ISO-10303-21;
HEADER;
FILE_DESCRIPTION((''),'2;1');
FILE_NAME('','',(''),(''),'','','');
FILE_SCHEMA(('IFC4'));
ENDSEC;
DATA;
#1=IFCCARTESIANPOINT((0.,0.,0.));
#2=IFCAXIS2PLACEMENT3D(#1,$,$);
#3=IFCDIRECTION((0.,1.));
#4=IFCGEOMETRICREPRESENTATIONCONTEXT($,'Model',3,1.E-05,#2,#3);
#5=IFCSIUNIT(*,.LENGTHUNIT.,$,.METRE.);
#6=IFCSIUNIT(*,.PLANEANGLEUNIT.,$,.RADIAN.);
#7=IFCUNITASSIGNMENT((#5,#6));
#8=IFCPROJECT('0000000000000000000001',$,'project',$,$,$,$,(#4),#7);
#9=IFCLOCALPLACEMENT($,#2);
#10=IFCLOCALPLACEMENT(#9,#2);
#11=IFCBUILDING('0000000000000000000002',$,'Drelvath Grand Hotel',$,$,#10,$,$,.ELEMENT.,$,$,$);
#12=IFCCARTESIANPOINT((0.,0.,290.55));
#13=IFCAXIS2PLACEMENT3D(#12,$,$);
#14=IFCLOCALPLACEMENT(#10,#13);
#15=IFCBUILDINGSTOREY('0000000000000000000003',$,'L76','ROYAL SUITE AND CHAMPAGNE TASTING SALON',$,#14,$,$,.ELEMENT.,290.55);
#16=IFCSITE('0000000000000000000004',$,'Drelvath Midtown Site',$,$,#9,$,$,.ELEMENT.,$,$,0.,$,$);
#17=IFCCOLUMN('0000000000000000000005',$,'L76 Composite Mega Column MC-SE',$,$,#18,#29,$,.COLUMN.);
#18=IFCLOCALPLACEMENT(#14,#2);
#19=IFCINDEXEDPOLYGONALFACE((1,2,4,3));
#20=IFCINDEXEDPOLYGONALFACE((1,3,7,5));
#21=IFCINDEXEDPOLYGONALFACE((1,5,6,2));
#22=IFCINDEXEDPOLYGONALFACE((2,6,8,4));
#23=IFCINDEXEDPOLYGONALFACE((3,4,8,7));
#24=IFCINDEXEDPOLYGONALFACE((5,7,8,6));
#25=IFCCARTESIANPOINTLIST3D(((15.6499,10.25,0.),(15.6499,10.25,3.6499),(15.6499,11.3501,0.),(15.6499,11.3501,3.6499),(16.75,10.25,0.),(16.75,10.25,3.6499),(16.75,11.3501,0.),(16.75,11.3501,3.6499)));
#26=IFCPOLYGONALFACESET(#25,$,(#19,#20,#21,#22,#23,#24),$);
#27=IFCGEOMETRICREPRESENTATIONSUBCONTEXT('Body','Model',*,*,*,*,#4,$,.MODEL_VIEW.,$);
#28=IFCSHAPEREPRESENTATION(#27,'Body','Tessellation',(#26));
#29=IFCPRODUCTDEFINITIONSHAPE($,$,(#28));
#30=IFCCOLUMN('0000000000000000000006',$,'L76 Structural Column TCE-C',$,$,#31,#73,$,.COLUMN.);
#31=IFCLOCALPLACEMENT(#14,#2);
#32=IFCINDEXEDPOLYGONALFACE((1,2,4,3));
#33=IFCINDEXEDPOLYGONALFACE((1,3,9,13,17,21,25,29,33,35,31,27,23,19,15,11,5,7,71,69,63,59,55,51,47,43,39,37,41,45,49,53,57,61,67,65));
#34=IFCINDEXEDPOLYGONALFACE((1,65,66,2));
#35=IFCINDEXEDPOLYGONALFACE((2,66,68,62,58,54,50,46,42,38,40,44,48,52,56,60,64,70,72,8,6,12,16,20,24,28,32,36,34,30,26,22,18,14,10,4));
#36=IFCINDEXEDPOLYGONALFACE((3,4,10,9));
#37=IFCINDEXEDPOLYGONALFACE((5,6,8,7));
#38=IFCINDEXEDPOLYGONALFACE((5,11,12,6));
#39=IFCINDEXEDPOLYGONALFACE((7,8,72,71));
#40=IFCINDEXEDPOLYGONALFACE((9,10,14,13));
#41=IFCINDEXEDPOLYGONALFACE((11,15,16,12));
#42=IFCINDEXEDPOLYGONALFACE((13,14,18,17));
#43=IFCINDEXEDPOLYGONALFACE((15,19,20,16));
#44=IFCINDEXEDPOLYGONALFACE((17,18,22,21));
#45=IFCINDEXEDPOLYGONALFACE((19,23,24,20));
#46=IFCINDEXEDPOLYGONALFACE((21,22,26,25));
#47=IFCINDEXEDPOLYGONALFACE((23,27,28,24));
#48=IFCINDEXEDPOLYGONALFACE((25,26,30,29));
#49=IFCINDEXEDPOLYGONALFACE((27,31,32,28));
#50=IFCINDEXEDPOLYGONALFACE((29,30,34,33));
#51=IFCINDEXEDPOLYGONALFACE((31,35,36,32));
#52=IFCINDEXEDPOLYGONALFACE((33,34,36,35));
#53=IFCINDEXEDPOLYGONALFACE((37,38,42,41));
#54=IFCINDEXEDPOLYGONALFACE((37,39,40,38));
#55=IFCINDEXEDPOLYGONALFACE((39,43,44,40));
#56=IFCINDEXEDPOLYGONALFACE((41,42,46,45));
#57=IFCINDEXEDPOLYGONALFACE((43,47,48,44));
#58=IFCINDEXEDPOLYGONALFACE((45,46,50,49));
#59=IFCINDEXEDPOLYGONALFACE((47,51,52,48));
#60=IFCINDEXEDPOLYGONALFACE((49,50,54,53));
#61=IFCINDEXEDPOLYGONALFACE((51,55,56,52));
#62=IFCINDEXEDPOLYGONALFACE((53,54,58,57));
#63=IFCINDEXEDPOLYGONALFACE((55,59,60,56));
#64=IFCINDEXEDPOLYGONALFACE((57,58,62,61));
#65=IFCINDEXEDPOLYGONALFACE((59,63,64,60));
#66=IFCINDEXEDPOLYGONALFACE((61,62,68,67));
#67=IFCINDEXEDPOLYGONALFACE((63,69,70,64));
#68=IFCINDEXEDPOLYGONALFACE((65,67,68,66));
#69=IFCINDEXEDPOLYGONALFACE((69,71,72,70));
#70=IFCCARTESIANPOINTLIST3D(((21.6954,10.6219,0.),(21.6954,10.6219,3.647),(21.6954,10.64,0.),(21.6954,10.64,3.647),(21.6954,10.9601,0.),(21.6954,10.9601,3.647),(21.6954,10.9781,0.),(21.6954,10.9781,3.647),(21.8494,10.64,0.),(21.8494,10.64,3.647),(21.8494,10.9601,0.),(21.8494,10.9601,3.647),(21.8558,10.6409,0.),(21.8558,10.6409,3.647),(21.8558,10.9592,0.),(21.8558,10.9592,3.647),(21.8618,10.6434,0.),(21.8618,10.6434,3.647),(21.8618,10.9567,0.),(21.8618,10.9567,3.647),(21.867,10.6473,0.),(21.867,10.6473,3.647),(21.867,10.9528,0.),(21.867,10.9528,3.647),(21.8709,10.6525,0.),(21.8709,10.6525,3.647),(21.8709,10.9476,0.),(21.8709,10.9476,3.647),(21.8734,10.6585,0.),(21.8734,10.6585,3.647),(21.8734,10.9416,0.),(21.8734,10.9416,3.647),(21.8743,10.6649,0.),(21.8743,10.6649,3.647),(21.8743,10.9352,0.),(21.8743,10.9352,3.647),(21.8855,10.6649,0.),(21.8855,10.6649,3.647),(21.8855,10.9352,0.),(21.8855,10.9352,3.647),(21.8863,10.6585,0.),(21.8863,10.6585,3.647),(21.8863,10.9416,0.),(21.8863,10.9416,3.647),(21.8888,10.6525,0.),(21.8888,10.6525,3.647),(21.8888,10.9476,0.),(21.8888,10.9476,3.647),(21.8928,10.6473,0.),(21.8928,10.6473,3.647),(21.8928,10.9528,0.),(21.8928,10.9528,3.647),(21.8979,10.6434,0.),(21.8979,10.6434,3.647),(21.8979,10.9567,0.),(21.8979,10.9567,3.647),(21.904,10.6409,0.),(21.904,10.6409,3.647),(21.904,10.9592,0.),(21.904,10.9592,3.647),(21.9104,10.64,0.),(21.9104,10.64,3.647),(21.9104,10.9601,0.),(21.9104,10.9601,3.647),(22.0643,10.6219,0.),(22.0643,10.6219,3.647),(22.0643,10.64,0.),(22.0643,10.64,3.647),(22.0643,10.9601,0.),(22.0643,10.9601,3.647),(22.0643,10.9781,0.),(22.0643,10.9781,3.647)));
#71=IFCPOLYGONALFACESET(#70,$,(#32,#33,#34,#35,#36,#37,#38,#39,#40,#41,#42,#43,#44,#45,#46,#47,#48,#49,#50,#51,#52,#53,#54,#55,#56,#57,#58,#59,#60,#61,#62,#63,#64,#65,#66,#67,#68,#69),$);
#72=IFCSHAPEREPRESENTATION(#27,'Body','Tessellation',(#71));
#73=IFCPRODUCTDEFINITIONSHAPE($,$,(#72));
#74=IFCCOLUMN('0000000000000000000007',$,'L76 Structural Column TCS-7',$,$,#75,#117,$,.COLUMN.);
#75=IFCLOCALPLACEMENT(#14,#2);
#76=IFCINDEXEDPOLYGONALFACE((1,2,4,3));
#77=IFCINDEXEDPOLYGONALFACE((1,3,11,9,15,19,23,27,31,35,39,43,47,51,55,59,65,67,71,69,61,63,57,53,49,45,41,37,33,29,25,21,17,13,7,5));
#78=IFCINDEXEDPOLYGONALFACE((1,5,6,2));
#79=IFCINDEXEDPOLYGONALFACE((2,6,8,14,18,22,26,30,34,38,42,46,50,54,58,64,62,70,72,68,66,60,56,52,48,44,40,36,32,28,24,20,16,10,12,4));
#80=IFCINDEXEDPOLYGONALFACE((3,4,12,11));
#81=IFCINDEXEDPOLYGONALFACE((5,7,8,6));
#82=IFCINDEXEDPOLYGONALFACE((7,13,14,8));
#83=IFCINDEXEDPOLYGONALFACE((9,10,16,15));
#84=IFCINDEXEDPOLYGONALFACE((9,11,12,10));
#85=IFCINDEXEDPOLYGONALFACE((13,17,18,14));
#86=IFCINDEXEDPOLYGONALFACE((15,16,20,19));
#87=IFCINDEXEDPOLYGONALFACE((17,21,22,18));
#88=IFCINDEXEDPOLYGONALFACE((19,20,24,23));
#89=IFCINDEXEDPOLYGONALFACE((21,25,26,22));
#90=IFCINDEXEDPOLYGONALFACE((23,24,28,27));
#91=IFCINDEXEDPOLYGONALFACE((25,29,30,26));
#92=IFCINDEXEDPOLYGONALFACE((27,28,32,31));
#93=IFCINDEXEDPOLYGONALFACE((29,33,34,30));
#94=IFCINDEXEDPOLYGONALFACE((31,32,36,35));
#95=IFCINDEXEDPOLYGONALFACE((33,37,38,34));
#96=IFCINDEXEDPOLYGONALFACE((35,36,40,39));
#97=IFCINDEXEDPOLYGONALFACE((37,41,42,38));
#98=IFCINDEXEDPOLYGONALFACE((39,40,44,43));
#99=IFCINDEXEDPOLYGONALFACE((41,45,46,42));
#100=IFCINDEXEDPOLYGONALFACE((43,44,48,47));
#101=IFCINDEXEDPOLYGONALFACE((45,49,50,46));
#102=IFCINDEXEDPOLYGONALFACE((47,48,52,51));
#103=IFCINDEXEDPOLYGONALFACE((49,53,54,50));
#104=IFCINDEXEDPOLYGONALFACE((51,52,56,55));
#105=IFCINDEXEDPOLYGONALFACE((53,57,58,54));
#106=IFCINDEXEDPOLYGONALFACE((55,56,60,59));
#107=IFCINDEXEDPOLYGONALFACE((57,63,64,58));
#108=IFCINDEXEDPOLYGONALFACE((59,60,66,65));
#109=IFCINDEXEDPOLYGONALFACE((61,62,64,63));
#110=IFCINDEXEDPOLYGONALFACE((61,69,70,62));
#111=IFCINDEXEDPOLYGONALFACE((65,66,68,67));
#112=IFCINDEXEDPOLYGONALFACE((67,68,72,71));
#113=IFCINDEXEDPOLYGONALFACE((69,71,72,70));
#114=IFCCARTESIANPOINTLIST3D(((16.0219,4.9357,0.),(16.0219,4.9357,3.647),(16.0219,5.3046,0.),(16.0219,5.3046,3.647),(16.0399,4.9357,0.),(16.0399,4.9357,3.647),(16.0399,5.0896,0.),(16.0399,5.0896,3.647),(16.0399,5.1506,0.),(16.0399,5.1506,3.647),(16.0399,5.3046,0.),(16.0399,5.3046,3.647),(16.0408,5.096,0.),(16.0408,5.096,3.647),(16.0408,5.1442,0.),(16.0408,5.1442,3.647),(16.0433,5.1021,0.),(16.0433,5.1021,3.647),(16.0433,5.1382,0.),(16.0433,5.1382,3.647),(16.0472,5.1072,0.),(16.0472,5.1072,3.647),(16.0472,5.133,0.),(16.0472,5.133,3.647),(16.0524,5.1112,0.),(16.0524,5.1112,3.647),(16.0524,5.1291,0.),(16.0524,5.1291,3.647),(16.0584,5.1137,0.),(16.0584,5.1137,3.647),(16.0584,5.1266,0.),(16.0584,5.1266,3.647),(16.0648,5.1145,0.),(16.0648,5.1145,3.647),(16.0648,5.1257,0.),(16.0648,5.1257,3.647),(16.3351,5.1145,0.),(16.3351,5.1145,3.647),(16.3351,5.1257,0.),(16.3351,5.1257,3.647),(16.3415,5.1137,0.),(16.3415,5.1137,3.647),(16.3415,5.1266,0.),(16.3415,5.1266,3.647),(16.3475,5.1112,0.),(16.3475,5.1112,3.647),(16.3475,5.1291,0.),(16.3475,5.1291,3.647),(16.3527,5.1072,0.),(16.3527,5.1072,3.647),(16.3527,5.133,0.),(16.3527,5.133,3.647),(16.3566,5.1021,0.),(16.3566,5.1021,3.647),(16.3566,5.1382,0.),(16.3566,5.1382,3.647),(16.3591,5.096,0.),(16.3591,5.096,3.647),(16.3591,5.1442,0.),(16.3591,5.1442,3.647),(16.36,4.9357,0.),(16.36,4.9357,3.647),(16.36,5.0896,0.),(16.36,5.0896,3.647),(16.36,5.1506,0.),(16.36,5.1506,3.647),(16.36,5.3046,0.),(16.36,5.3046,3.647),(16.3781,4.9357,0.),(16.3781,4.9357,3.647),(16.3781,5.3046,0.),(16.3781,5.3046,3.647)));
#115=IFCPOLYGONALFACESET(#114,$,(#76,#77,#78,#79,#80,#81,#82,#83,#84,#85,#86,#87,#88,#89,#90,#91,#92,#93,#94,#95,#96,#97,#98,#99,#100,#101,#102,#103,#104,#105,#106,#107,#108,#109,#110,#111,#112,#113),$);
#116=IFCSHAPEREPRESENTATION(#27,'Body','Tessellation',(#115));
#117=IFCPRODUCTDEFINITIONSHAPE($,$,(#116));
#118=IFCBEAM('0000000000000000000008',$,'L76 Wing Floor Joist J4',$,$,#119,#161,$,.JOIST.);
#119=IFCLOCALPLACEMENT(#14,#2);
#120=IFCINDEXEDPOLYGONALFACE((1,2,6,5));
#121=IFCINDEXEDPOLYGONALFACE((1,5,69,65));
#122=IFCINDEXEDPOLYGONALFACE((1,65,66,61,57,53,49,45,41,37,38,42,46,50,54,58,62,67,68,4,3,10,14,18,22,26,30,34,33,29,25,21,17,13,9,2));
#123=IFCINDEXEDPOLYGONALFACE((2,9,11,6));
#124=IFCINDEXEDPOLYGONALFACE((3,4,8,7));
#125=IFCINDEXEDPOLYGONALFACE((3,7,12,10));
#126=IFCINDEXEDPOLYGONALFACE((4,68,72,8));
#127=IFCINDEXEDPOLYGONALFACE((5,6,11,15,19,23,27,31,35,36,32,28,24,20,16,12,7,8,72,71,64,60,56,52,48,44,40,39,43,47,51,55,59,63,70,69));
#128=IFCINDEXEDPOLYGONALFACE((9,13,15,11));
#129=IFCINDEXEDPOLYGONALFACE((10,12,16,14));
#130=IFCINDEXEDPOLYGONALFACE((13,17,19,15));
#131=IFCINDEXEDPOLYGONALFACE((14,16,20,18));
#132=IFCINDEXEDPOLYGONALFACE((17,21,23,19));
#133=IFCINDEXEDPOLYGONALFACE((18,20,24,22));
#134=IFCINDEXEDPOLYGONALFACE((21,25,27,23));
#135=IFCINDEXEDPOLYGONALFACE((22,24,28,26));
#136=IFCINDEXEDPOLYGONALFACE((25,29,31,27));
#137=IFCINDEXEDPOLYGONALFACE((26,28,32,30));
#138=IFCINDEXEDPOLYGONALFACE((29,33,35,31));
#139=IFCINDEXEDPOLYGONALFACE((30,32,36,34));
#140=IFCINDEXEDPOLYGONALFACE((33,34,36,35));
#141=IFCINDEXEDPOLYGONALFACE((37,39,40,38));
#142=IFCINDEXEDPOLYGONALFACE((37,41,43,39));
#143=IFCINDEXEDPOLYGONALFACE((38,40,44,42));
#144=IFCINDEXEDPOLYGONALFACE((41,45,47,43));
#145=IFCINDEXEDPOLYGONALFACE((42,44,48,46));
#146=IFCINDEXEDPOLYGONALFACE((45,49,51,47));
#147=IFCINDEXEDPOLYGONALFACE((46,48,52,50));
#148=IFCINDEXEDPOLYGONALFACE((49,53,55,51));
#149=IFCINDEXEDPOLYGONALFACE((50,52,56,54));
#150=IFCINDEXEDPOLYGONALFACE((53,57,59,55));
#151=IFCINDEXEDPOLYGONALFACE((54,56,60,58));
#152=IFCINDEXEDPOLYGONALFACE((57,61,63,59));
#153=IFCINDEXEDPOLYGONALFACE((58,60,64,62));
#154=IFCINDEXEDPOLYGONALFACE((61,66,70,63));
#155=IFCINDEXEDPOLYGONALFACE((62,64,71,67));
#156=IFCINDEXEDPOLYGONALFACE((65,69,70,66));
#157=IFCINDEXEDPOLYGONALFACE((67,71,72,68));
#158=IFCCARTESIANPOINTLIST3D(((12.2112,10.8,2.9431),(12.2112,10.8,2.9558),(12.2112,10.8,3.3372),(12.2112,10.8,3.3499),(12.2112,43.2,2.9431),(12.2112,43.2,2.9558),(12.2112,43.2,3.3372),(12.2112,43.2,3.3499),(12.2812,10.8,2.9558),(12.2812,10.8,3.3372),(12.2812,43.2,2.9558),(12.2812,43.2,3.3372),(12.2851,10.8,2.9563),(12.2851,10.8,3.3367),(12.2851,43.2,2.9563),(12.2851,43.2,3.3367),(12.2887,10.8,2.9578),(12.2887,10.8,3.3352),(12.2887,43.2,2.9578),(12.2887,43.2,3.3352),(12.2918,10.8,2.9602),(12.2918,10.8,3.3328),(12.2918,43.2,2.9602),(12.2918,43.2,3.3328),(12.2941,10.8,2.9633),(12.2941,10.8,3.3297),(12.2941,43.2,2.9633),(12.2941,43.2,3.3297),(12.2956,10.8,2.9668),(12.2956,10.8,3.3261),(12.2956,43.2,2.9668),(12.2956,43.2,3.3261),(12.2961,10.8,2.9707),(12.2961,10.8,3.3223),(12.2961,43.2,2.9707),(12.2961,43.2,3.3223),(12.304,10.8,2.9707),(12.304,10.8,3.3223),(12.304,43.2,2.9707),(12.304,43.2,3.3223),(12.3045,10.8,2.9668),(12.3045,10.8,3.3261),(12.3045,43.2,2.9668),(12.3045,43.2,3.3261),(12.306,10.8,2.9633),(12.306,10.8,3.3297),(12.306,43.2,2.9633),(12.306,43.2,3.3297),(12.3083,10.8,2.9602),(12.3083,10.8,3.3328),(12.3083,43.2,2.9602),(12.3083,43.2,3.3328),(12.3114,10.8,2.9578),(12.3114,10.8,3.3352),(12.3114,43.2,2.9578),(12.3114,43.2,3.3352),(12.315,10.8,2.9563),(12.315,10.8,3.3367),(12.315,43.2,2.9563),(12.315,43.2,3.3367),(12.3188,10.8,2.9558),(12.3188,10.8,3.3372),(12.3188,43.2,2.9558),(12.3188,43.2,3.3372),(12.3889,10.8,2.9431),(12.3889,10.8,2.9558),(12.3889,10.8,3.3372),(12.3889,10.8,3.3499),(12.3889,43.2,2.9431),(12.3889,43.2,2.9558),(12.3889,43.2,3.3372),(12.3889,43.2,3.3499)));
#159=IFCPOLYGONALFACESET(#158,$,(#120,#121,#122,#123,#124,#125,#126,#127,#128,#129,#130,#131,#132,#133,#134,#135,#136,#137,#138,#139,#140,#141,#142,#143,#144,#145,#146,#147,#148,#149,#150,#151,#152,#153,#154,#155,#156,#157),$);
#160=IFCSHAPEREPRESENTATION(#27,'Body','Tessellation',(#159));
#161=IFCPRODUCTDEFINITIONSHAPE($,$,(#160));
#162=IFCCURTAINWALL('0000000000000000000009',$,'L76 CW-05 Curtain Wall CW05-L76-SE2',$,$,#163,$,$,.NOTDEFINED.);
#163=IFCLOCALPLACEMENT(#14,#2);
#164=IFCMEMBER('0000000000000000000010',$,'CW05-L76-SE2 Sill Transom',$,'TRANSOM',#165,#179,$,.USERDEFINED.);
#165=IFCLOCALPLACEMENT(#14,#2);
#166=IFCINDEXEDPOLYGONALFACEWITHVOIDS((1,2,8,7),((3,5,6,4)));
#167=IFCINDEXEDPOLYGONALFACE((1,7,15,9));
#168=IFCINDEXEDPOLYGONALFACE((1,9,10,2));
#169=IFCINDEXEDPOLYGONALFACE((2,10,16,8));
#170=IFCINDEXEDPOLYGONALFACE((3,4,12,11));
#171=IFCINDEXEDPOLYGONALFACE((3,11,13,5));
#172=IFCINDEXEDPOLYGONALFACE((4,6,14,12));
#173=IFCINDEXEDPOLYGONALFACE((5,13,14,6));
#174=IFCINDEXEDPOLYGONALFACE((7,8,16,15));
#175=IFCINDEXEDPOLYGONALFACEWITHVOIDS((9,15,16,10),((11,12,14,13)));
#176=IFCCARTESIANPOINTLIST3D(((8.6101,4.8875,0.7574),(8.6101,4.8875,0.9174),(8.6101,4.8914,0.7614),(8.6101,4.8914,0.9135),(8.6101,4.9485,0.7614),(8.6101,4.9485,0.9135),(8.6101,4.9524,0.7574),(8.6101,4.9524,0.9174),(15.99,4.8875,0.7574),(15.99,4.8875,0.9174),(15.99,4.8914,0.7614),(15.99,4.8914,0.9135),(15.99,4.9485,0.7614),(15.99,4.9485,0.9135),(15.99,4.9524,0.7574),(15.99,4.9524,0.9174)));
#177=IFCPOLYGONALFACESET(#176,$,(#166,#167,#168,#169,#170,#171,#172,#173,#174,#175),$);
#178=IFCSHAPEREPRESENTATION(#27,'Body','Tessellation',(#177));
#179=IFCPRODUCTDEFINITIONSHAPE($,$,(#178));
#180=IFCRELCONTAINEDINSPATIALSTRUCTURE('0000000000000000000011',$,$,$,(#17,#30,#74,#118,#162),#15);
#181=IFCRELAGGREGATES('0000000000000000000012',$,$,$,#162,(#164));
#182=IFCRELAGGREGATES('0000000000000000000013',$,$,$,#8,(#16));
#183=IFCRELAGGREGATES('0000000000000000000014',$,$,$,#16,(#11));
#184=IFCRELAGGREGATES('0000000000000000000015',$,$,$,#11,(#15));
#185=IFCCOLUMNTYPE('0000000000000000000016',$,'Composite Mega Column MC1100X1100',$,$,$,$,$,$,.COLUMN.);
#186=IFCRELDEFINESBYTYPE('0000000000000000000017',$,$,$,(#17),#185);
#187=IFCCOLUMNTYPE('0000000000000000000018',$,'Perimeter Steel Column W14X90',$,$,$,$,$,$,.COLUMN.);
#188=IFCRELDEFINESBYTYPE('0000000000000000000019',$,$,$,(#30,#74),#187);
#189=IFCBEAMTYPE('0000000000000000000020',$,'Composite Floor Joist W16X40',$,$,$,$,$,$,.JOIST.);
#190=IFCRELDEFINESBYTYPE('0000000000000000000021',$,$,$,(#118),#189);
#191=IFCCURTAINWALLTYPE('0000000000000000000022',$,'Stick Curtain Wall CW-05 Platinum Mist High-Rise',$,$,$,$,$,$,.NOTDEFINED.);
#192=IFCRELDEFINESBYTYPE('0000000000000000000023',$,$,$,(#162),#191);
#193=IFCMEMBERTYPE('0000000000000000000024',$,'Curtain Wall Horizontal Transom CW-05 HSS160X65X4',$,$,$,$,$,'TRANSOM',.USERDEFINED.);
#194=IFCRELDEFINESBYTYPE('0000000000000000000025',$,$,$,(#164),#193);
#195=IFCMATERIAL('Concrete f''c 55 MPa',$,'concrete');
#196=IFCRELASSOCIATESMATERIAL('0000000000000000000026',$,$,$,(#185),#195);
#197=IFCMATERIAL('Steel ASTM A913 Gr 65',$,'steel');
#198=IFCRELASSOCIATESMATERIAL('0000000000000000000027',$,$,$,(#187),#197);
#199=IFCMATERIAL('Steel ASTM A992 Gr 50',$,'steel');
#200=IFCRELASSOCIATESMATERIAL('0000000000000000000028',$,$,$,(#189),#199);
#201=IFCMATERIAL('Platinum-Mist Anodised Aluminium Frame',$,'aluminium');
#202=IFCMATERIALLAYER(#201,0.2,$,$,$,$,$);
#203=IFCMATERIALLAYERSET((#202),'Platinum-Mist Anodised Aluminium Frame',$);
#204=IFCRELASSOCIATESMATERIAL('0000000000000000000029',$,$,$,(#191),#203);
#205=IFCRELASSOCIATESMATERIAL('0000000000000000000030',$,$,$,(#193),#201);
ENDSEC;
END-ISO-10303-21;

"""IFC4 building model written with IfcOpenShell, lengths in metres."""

from ifc_helpers import new_model, si_unit, direction, frame, origin, origin_2d, place, context, subcontext, project, spatial, rectangle, hollow_rectangle, i_section, extrude, material, layer, layer_set, material_profile, profile_set, type_object, element, aggregate, save


model = new_model("IFC4")

# Units and contexts
model_context = context("Model", 3, precision=1e-05, world=origin(), true_north=direction((0.0, 1.0)))
body_context = subcontext(model_context, "Body", "Model", "MODEL_VIEW")
ifc_project = project(units=[si_unit("LENGTHUNIT", "METRE"), si_unit("PLANEANGLEUNIT", "RADIAN")], contexts=[model_context])

# Site, building, storey
site_placement = place(None, origin())
site = spatial("IfcSite", under=ifc_project, at=site_placement, Name="Drelvath Midtown Site", CompositionType="ELEMENT", RefElevation=0.0)
building_placement = place(site_placement, origin())
building = spatial("IfcBuilding", under=site, at=building_placement, Name="Drelvath Grand Hotel", CompositionType="ELEMENT")
storey_placement = place(building_placement, frame((0.0, 0.0, 290.55)))
storey = spatial("IfcBuildingStorey", under=building, at=storey_placement, Name="L76", Description="ROYAL SUITE AND CHAMPAGNE TASTING SALON", CompositionType="ELEMENT", Elevation=290.55)

# Columns
ifc_material_1 = material(Name="Concrete f'c 55 MPa", Category="concrete")
ifc_material_profile_1 = material_profile(ifc_material_1, rectangle(XDim=1.1001, YDim=1.1001, at=origin_2d()), Name="MC1100X1100")
ifc_profile_set_1 = profile_set([ifc_material_profile_1], Name="Concrete f'c 55 MPa")
column_type_1 = type_object("IfcColumnType", Name="Composite Mega Column MC1100X1100", PredefinedType="COLUMN", material=ifc_profile_set_1)
column_placement = place(storey_placement, frame((16.2, 10.8, 0.0), z_axis=(0.0, 0.0, 1.0), x_axis=(1.0, 0.0, 0.0)))
element("IfcColumn", 1, at=column_placement, inside=storey, type_object=column_type_1, Name="L76 Composite Mega Column MC-SE", PredefinedType="COLUMN", context=body_context, shape_type="SweptSolid", body=[
    extrude(rectangle(XDim=1.1001, YDim=1.1001, at=origin_2d()), origin(), (0.0, 0.0, 1.0), 3.6499),
])
ifc_material_2 = material(Name="Steel ASTM A913 Gr 65", Category="steel")
ifc_material_profile_2 = material_profile(ifc_material_2, i_section(OverallWidth=0.3689, OverallDepth=0.3562, WebThickness=0.0112, FlangeThickness=0.0181, FilletRadius=0.0249, at=origin_2d()), Name="W14X90")
ifc_profile_set_2 = profile_set([ifc_material_profile_2], Name="Steel ASTM A913 Gr 65")
column_type_2 = type_object("IfcColumnType", Name="Perimeter Steel Column W14X90", PredefinedType="COLUMN", material=ifc_profile_set_2)
for number, where, z_axis, x_axis, name in (
    (2, (21.8799, 10.8, 0.0), (0.0, 0.0, 1.0), (1.0, 0.0, 0.0), "L76 Structural Column TCE-C"),
    (3, (16.2, 5.1201, 0.0), (0.0, 0.0, 1.0), (0.0, 1.0, 0.0), "L76 Structural Column TCS-7"),
):
    element("IfcColumn", number, at=place(storey_placement, frame(where, z_axis=z_axis, x_axis=x_axis)), inside=storey, type_object=column_type_2, Name=name, PredefinedType="COLUMN", context=body_context, shape_type="SweptSolid", body=[
        extrude(i_section(OverallWidth=0.3689, OverallDepth=0.3562, WebThickness=0.0112, FlangeThickness=0.0181, FilletRadius=0.0249, at=origin_2d()), origin(), (0.0, 0.0, 1.0), 3.647),
    ])

# Beam
ifc_material_3 = material(Name="Steel ASTM A992 Gr 50", Category="steel")
ifc_material_profile_3 = material_profile(ifc_material_3, i_section(OverallWidth=0.1777, OverallDepth=0.4067, WebThickness=0.0078, FlangeThickness=0.0127, FilletRadius=0.0149, at=origin_2d()), Name="W16X40")
ifc_profile_set_3 = profile_set([ifc_material_profile_3], Name="Steel ASTM A992 Gr 50")
beam_type_1 = type_object("IfcBeamType", Name="Composite Floor Joist W16X40", PredefinedType="JOIST", material=ifc_profile_set_3)
beam_1_placement = place(storey_placement, frame((12.3, 10.8, 3.1465), z_axis=(0.0, 1.0, 0.0), x_axis=(-1.0, 0.0, 0.0)))
element("IfcBeam", 4, at=beam_1_placement, inside=storey, type_object=beam_type_1, Name="L76 Wing Floor Joist J4", PredefinedType="JOIST", context=body_context, shape_type="SweptSolid", body=[
    extrude(i_section(OverallWidth=0.1777, OverallDepth=0.4067, WebThickness=0.0078, FlangeThickness=0.0127, FilletRadius=0.0149, at=origin_2d()), origin(), (0.0, 0.0, 1.0), 32.3999),
])

# Curtain wall, member
ifc_material_4 = material(Name="Platinum-Mist Anodised Aluminium Frame", Category="aluminium")
ifc_layer_1 = layer(ifc_material_4, 0.2)
ifc_layer_set_1 = layer_set([ifc_layer_1], Name="Platinum-Mist Anodised Aluminium Frame")
curtain_wall_type = type_object("IfcCurtainWallType", Name="Stick Curtain Wall CW-05 Platinum Mist High-Rise", PredefinedType="NOTDEFINED", material=ifc_layer_set_1)
curtain_wall_1_placement = place(storey_placement, origin())
curtain_wall_1 = element("IfcCurtainWall", 5, at=curtain_wall_1_placement, inside=storey, type_object=curtain_wall_type, Name="L76 CW-05 Curtain Wall CW05-L76-SE2", PredefinedType="NOTDEFINED")
ifc_material_profile_4 = material_profile(ifc_material_4, hollow_rectangle(XDim=0.0649, YDim=0.1599, WallThickness=0.0039, at=origin_2d()), Name="HSS160X65X4")
ifc_profile_set_4 = profile_set([ifc_material_profile_4], Name="Platinum-Mist Anodised Aluminium Frame")
member_type_1 = type_object("IfcMemberType", Name="Curtain Wall Horizontal Transom CW-05 HSS160X65X4", ElementType="TRANSOM", PredefinedType="USERDEFINED", material=ifc_profile_set_4)
member_1_placement = place(storey_placement, frame((15.99, 4.9199, 0.8374), z_axis=(-1.0, 0.0, 0.0), x_axis=(0.0, -1.0, 0.0)))
member_1 = element("IfcMember", 6, at=member_1_placement, type_object=member_type_1, Name="CW05-L76-SE2 Sill Transom", ObjectType="TRANSOM", PredefinedType="USERDEFINED", context=body_context, shape_type="SweptSolid", body=[
    extrude(hollow_rectangle(XDim=0.0649, YDim=0.1599, WallThickness=0.0039, at=origin_2d()), origin(), (0.0, 0.0, 1.0), 7.3799),
])

aggregate(curtain_wall_1, [member_1])

save(model, "model.ifc")
